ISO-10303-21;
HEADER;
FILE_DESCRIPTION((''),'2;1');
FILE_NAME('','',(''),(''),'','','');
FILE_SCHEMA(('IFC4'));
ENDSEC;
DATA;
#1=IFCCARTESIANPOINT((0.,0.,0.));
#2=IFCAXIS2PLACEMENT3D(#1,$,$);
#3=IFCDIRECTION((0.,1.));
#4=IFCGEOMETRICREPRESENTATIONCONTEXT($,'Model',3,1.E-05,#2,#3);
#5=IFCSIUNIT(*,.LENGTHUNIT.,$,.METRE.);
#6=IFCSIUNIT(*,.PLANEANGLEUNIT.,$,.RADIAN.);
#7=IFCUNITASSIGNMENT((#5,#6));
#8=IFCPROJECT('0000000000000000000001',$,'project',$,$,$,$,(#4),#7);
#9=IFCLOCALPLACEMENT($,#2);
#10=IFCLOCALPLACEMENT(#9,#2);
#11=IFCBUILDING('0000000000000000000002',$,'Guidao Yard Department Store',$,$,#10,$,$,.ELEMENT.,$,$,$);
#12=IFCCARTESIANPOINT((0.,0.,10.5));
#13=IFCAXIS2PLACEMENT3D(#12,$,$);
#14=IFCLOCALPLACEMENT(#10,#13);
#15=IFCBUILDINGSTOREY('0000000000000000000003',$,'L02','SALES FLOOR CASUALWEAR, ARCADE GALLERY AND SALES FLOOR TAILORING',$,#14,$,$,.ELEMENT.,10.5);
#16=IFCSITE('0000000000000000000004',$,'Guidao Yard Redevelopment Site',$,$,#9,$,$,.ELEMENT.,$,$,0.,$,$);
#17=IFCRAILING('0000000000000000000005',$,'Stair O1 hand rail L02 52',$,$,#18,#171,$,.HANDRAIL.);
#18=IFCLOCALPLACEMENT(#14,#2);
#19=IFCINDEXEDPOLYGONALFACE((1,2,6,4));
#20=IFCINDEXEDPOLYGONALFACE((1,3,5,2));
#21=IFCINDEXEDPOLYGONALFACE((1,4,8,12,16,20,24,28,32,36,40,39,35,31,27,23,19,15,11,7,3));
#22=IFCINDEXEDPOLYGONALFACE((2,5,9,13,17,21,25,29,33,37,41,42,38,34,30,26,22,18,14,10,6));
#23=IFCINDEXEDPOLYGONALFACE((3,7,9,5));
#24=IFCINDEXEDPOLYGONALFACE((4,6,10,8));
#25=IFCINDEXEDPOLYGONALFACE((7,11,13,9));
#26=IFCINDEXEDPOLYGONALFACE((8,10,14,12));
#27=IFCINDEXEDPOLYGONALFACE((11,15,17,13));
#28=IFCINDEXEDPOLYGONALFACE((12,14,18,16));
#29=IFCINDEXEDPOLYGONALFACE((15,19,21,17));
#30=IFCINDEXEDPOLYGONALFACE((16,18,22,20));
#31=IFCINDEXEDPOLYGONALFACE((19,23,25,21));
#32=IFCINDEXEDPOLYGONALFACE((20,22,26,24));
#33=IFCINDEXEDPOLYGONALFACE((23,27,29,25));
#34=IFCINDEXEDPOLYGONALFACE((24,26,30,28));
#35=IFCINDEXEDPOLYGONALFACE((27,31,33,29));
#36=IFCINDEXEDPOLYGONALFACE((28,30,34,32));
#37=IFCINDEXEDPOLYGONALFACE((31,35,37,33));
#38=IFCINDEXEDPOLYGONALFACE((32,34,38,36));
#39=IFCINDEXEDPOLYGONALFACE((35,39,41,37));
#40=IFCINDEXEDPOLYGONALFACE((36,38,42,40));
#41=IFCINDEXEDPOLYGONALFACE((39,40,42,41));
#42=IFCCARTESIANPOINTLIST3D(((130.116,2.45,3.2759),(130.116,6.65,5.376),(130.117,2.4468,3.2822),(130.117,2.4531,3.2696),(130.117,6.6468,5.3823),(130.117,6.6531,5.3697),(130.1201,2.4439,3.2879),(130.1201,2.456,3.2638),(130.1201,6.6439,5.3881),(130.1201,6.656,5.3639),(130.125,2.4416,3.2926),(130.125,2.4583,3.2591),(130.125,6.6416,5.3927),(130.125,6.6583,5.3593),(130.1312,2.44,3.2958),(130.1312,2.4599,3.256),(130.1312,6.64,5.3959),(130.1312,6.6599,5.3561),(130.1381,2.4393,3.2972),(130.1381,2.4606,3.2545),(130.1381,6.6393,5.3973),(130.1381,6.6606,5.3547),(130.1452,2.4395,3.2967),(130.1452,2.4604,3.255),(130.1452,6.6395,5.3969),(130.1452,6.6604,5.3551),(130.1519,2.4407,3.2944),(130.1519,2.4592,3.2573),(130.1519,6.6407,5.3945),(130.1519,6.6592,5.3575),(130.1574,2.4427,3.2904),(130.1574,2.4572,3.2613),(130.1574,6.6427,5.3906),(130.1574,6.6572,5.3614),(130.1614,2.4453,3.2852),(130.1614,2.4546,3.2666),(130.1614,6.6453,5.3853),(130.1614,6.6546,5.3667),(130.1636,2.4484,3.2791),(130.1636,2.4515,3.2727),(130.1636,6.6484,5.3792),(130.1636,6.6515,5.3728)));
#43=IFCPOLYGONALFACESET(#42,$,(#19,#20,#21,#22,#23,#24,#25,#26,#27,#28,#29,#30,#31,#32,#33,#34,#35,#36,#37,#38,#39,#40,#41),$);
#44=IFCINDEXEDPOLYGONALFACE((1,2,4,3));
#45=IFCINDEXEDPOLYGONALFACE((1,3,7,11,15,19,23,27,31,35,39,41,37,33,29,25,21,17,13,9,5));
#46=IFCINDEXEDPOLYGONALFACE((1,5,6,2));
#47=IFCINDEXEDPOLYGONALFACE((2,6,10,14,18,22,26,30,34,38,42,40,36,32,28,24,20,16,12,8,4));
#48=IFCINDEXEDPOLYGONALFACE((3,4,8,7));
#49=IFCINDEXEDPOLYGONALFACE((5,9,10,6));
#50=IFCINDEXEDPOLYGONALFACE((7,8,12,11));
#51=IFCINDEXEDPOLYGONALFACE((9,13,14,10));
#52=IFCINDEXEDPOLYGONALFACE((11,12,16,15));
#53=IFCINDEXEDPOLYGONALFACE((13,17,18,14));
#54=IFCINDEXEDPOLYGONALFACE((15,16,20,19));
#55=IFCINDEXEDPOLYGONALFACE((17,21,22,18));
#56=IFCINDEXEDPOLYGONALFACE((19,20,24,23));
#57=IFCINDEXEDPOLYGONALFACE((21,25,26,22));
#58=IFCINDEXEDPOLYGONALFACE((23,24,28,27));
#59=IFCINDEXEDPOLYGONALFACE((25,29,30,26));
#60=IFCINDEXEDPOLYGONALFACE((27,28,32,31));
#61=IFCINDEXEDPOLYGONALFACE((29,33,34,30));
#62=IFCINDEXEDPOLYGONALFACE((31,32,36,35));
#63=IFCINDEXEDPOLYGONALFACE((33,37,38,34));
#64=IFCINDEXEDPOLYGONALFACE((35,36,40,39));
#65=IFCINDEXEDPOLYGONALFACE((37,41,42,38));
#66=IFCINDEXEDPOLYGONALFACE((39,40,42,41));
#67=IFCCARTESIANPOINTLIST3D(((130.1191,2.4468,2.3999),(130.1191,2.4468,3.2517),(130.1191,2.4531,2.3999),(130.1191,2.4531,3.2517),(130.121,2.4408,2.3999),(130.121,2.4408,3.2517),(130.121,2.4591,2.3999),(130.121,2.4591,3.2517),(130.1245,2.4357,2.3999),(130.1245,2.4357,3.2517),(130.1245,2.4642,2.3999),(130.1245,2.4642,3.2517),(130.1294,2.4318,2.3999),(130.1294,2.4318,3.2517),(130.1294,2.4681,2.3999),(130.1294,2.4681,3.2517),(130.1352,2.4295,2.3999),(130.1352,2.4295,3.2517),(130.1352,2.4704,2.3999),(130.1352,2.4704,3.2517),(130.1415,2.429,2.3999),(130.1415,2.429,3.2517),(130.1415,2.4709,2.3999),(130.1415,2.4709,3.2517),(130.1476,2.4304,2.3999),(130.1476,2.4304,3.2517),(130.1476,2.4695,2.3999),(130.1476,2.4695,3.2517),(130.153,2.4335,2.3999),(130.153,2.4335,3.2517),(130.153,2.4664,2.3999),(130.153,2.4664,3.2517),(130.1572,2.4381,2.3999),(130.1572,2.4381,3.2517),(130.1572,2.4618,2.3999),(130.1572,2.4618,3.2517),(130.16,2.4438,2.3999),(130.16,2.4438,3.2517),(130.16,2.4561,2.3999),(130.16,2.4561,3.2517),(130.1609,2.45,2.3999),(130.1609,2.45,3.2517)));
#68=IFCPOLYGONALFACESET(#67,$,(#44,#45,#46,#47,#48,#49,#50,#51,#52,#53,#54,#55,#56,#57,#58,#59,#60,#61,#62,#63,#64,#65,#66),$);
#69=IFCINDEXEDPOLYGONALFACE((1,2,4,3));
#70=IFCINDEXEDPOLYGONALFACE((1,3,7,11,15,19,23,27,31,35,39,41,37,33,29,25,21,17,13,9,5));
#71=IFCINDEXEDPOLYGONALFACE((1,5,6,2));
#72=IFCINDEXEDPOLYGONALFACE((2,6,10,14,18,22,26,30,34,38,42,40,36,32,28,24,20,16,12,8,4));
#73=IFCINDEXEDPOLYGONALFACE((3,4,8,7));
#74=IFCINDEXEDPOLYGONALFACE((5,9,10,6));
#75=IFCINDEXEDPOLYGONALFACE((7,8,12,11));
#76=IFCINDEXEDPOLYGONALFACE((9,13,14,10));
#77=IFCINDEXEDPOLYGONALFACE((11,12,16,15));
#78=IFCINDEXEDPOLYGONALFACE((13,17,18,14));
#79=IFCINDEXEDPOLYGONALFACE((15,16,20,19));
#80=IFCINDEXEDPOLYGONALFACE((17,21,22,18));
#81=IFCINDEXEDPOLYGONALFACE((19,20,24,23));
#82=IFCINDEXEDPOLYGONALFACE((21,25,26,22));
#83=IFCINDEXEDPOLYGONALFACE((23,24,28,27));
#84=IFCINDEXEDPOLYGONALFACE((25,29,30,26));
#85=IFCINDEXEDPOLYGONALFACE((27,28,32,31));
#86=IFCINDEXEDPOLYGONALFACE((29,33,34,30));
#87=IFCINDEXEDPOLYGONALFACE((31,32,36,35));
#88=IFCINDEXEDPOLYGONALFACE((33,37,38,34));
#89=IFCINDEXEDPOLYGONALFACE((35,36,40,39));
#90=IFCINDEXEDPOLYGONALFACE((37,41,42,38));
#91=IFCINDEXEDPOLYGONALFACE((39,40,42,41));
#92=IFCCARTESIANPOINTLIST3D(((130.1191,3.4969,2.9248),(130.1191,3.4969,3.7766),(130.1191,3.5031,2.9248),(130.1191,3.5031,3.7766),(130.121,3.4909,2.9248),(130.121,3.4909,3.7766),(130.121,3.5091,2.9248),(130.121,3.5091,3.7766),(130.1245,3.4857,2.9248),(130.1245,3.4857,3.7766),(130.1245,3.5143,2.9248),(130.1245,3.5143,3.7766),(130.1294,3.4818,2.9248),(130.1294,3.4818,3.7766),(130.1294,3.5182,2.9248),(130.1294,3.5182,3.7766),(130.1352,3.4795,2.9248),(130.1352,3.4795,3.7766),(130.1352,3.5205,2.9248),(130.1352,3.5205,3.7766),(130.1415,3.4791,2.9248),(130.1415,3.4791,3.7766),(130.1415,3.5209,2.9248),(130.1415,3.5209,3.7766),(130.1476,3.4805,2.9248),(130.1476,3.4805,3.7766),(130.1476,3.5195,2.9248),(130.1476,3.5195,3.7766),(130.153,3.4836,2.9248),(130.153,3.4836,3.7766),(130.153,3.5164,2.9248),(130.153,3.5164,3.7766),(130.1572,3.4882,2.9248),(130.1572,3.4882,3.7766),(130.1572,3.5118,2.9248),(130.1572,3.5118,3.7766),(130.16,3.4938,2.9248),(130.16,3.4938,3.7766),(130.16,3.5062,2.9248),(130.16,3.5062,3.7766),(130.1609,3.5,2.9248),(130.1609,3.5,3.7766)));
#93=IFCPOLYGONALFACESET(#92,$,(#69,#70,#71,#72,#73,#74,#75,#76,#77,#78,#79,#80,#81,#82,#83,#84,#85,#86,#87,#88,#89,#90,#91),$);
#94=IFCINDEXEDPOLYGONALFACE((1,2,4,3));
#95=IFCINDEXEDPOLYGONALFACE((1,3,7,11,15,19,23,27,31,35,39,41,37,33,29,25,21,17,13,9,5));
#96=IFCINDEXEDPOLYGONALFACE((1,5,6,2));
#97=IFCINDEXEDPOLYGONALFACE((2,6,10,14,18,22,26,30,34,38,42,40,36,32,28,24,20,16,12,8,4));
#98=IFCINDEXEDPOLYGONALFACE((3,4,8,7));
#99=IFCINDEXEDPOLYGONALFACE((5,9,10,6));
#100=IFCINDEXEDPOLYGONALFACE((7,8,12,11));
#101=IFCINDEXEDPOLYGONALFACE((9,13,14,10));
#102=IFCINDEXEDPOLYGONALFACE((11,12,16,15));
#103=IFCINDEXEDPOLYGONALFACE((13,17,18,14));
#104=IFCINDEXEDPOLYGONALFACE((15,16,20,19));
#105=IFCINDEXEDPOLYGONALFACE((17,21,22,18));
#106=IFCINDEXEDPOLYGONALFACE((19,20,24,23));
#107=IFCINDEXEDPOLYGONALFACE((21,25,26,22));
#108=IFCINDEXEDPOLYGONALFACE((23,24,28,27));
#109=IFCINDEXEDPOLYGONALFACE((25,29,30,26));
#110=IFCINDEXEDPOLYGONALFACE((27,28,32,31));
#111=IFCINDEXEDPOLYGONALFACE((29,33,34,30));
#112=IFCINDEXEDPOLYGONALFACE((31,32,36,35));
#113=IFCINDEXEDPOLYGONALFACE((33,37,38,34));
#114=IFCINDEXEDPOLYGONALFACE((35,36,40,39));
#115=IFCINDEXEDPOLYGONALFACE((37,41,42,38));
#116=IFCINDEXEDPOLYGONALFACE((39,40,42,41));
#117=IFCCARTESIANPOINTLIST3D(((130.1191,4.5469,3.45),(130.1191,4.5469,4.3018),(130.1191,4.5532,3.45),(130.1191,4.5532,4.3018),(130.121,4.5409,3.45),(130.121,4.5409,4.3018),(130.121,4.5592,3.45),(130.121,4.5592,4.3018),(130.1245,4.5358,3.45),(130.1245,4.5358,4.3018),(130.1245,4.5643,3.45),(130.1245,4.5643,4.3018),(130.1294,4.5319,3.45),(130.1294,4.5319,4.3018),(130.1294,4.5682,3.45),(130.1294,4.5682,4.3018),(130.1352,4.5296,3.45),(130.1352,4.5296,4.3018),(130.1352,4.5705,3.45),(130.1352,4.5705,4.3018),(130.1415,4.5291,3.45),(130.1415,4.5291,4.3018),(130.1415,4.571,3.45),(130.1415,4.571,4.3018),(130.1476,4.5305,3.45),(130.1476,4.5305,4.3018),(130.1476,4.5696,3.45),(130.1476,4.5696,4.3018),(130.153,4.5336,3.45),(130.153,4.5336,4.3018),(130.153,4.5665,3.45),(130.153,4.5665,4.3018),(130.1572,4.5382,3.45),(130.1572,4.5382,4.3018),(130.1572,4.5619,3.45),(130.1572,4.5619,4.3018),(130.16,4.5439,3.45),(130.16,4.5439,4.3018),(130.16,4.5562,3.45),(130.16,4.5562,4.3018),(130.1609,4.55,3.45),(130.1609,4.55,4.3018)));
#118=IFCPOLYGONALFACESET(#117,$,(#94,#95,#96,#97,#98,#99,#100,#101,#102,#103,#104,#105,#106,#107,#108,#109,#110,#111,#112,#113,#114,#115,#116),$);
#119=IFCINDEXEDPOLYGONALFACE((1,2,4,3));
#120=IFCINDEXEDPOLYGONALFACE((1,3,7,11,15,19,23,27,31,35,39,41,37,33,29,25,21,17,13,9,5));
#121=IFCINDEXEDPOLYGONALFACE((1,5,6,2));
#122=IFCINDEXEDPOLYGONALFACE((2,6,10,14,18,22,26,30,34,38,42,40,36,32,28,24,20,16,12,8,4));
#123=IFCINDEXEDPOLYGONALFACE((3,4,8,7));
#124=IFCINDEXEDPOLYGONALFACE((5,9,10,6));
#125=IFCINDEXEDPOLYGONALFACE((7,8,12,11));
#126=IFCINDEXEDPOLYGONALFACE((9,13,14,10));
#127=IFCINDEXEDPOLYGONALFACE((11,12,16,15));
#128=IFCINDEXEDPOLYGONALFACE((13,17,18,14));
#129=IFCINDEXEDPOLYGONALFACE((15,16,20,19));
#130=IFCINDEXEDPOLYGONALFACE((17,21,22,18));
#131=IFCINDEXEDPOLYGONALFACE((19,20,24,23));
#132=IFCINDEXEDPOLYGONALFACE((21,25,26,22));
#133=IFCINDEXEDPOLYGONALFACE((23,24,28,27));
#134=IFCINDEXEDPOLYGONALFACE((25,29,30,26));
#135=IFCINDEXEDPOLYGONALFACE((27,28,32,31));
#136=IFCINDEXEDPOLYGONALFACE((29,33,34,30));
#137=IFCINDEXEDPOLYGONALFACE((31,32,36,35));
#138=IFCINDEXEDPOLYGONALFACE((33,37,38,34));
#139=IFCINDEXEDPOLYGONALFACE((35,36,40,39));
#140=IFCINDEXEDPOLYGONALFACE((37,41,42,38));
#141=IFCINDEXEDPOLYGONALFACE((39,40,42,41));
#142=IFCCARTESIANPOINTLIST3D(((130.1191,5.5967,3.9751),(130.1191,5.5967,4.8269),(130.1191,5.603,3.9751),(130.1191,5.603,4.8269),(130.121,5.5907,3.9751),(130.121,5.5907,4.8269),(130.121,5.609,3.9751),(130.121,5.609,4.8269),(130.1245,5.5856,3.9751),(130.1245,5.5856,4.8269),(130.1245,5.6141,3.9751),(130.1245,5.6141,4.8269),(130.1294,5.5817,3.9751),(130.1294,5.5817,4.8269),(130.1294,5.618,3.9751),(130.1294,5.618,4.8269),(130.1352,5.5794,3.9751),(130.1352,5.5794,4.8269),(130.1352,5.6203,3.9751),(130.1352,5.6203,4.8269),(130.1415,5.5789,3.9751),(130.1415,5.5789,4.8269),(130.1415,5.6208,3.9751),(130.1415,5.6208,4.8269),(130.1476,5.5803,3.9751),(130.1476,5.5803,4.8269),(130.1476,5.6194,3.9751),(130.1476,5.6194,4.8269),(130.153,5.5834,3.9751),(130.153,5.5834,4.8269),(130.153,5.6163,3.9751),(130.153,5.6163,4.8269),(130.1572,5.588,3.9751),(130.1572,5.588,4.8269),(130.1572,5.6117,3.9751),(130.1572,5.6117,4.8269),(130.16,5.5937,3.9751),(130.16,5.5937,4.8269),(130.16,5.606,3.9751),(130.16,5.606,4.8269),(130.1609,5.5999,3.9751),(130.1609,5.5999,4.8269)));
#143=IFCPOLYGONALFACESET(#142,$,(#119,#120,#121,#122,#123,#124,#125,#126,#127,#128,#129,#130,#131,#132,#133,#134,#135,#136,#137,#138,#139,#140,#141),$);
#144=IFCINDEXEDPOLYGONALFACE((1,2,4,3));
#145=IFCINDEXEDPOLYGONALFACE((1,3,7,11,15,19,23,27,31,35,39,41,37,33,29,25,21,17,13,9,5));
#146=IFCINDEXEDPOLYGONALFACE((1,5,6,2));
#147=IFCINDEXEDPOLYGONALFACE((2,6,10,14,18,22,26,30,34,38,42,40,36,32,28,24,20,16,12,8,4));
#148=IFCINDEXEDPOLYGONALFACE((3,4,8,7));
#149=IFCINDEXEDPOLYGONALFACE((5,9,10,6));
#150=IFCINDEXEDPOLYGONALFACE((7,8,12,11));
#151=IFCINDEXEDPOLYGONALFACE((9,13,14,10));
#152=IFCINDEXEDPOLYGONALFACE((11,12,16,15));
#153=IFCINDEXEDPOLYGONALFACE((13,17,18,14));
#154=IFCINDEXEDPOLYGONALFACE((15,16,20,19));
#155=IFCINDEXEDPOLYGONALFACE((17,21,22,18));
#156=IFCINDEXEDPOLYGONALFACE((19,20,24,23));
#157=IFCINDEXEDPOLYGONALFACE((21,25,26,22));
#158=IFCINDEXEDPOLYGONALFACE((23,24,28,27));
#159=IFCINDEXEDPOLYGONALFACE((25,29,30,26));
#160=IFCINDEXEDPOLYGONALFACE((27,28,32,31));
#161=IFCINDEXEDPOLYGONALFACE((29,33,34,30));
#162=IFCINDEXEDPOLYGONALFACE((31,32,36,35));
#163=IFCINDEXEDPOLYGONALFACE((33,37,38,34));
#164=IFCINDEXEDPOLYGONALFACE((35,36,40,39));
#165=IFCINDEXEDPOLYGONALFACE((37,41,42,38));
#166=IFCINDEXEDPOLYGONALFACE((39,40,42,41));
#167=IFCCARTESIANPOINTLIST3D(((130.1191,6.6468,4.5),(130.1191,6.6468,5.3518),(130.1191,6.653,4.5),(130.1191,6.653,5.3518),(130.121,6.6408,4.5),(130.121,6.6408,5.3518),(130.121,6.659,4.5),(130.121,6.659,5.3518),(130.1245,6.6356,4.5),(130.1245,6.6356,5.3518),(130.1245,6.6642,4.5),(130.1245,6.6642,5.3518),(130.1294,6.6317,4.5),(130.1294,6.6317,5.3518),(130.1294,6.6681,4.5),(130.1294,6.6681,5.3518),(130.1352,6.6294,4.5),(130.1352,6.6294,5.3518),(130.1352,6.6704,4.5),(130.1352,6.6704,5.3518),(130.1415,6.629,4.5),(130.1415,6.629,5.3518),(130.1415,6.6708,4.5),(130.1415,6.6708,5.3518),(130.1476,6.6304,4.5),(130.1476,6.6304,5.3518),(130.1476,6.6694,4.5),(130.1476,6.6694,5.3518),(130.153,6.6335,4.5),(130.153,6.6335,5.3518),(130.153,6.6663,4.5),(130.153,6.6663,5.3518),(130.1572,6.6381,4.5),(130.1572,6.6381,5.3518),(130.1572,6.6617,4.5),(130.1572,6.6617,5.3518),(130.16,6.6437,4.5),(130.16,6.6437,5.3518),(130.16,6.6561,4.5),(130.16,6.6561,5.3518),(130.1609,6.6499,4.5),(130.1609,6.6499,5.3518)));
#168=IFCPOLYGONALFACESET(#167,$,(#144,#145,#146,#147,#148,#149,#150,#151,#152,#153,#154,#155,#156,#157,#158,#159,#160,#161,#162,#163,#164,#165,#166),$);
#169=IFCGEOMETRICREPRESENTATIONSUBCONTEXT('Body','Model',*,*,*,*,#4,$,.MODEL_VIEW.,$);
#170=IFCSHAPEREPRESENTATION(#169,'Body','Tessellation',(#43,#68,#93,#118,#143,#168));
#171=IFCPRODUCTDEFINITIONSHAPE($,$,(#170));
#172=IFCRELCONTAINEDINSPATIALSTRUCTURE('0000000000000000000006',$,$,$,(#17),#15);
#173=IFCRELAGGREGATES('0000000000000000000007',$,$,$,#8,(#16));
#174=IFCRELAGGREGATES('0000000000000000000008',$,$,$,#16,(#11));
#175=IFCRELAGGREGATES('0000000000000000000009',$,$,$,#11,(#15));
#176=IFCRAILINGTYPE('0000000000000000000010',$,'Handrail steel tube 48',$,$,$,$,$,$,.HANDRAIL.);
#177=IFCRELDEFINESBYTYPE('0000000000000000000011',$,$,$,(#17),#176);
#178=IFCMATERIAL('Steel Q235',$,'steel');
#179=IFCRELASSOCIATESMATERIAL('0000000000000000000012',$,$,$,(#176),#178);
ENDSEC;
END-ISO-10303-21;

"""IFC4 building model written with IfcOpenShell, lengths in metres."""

from ifc_helpers import new_model, si_unit, direction, frame, origin, origin_2d, place, context, subcontext, project, spatial, circle, extrude, material, type_object, element, save


model = new_model("IFC4")

# Units and contexts
model_context = context("Model", 3, precision=1e-05, world=origin(), true_north=direction((0.0, 1.0)))
body_context = subcontext(model_context, "Body", "Model", "MODEL_VIEW")
ifc_project = project(units=[si_unit("LENGTHUNIT", "METRE"), si_unit("PLANEANGLEUNIT", "RADIAN")], contexts=[model_context])

# Site, building, storey
site_placement = place(None, origin())
site = spatial("IfcSite", under=ifc_project, at=site_placement, Name="Guidao Yard Redevelopment Site", CompositionType="ELEMENT", RefElevation=0.0)
building_placement = place(site_placement, origin())
building = spatial("IfcBuilding", under=site, at=building_placement, Name="Guidao Yard Department Store", CompositionType="ELEMENT")
storey_placement = place(building_placement, frame((0.0, 0.0, 10.5)))
storey = spatial("IfcBuildingStorey", under=building, at=storey_placement, Name="L02", Description="SALES FLOOR CASUALWEAR, ARCADE GALLERY AND SALES FLOOR TAILORING", CompositionType="ELEMENT", Elevation=10.5)

# Railing
ifc_material_1 = material(Name="Steel Q235", Category="steel")
railing_type_1 = type_object("IfcRailingType", Name="Handrail steel tube 48", PredefinedType="HANDRAIL", material=ifc_material_1)
for number, where, name in (
    (1, (130.1399, 2.45, 2.3999), "Stair O1 hand rail L02 52"),
):
    element("IfcRailing", number, at=place(storey_placement, frame(where)), inside=storey, type_object=railing_type_1, Name=name, PredefinedType="HANDRAIL", context=body_context, shape_type="SweptSolid", body=[
        extrude(circle(Radius=0.0239, at=origin_2d()), frame((0.0, 0.0, 0.876), z_axis=(0.0, 0.894417, 0.447234), x_axis=(-1.0, 0.0, 0.0)), (0.0, 0.0, 1.0), 4.6958),
        extrude(circle(Radius=0.021, at=origin_2d()), origin(), (0.0, 0.0, 1.0), 0.8518),
        extrude(circle(Radius=0.021, at=origin_2d()), frame((0.0, 1.05, 0.5249)), (0.0, 0.0, 1.0), 0.8518),
        extrude(circle(Radius=0.021, at=origin_2d()), frame((0.0, 2.1001, 1.05)), (0.0, 0.0, 1.0), 0.8518),
        extrude(circle(Radius=0.021, at=origin_2d()), frame((0.0, 3.1499, 1.5752)), (0.0, 0.0, 1.0), 0.8518),
        extrude(circle(Radius=0.021, at=origin_2d()), frame((0.0, 4.2, 2.1001)), (0.0, 0.0, 1.0), 0.8518),
    ])

save(model, "model.ifc")
